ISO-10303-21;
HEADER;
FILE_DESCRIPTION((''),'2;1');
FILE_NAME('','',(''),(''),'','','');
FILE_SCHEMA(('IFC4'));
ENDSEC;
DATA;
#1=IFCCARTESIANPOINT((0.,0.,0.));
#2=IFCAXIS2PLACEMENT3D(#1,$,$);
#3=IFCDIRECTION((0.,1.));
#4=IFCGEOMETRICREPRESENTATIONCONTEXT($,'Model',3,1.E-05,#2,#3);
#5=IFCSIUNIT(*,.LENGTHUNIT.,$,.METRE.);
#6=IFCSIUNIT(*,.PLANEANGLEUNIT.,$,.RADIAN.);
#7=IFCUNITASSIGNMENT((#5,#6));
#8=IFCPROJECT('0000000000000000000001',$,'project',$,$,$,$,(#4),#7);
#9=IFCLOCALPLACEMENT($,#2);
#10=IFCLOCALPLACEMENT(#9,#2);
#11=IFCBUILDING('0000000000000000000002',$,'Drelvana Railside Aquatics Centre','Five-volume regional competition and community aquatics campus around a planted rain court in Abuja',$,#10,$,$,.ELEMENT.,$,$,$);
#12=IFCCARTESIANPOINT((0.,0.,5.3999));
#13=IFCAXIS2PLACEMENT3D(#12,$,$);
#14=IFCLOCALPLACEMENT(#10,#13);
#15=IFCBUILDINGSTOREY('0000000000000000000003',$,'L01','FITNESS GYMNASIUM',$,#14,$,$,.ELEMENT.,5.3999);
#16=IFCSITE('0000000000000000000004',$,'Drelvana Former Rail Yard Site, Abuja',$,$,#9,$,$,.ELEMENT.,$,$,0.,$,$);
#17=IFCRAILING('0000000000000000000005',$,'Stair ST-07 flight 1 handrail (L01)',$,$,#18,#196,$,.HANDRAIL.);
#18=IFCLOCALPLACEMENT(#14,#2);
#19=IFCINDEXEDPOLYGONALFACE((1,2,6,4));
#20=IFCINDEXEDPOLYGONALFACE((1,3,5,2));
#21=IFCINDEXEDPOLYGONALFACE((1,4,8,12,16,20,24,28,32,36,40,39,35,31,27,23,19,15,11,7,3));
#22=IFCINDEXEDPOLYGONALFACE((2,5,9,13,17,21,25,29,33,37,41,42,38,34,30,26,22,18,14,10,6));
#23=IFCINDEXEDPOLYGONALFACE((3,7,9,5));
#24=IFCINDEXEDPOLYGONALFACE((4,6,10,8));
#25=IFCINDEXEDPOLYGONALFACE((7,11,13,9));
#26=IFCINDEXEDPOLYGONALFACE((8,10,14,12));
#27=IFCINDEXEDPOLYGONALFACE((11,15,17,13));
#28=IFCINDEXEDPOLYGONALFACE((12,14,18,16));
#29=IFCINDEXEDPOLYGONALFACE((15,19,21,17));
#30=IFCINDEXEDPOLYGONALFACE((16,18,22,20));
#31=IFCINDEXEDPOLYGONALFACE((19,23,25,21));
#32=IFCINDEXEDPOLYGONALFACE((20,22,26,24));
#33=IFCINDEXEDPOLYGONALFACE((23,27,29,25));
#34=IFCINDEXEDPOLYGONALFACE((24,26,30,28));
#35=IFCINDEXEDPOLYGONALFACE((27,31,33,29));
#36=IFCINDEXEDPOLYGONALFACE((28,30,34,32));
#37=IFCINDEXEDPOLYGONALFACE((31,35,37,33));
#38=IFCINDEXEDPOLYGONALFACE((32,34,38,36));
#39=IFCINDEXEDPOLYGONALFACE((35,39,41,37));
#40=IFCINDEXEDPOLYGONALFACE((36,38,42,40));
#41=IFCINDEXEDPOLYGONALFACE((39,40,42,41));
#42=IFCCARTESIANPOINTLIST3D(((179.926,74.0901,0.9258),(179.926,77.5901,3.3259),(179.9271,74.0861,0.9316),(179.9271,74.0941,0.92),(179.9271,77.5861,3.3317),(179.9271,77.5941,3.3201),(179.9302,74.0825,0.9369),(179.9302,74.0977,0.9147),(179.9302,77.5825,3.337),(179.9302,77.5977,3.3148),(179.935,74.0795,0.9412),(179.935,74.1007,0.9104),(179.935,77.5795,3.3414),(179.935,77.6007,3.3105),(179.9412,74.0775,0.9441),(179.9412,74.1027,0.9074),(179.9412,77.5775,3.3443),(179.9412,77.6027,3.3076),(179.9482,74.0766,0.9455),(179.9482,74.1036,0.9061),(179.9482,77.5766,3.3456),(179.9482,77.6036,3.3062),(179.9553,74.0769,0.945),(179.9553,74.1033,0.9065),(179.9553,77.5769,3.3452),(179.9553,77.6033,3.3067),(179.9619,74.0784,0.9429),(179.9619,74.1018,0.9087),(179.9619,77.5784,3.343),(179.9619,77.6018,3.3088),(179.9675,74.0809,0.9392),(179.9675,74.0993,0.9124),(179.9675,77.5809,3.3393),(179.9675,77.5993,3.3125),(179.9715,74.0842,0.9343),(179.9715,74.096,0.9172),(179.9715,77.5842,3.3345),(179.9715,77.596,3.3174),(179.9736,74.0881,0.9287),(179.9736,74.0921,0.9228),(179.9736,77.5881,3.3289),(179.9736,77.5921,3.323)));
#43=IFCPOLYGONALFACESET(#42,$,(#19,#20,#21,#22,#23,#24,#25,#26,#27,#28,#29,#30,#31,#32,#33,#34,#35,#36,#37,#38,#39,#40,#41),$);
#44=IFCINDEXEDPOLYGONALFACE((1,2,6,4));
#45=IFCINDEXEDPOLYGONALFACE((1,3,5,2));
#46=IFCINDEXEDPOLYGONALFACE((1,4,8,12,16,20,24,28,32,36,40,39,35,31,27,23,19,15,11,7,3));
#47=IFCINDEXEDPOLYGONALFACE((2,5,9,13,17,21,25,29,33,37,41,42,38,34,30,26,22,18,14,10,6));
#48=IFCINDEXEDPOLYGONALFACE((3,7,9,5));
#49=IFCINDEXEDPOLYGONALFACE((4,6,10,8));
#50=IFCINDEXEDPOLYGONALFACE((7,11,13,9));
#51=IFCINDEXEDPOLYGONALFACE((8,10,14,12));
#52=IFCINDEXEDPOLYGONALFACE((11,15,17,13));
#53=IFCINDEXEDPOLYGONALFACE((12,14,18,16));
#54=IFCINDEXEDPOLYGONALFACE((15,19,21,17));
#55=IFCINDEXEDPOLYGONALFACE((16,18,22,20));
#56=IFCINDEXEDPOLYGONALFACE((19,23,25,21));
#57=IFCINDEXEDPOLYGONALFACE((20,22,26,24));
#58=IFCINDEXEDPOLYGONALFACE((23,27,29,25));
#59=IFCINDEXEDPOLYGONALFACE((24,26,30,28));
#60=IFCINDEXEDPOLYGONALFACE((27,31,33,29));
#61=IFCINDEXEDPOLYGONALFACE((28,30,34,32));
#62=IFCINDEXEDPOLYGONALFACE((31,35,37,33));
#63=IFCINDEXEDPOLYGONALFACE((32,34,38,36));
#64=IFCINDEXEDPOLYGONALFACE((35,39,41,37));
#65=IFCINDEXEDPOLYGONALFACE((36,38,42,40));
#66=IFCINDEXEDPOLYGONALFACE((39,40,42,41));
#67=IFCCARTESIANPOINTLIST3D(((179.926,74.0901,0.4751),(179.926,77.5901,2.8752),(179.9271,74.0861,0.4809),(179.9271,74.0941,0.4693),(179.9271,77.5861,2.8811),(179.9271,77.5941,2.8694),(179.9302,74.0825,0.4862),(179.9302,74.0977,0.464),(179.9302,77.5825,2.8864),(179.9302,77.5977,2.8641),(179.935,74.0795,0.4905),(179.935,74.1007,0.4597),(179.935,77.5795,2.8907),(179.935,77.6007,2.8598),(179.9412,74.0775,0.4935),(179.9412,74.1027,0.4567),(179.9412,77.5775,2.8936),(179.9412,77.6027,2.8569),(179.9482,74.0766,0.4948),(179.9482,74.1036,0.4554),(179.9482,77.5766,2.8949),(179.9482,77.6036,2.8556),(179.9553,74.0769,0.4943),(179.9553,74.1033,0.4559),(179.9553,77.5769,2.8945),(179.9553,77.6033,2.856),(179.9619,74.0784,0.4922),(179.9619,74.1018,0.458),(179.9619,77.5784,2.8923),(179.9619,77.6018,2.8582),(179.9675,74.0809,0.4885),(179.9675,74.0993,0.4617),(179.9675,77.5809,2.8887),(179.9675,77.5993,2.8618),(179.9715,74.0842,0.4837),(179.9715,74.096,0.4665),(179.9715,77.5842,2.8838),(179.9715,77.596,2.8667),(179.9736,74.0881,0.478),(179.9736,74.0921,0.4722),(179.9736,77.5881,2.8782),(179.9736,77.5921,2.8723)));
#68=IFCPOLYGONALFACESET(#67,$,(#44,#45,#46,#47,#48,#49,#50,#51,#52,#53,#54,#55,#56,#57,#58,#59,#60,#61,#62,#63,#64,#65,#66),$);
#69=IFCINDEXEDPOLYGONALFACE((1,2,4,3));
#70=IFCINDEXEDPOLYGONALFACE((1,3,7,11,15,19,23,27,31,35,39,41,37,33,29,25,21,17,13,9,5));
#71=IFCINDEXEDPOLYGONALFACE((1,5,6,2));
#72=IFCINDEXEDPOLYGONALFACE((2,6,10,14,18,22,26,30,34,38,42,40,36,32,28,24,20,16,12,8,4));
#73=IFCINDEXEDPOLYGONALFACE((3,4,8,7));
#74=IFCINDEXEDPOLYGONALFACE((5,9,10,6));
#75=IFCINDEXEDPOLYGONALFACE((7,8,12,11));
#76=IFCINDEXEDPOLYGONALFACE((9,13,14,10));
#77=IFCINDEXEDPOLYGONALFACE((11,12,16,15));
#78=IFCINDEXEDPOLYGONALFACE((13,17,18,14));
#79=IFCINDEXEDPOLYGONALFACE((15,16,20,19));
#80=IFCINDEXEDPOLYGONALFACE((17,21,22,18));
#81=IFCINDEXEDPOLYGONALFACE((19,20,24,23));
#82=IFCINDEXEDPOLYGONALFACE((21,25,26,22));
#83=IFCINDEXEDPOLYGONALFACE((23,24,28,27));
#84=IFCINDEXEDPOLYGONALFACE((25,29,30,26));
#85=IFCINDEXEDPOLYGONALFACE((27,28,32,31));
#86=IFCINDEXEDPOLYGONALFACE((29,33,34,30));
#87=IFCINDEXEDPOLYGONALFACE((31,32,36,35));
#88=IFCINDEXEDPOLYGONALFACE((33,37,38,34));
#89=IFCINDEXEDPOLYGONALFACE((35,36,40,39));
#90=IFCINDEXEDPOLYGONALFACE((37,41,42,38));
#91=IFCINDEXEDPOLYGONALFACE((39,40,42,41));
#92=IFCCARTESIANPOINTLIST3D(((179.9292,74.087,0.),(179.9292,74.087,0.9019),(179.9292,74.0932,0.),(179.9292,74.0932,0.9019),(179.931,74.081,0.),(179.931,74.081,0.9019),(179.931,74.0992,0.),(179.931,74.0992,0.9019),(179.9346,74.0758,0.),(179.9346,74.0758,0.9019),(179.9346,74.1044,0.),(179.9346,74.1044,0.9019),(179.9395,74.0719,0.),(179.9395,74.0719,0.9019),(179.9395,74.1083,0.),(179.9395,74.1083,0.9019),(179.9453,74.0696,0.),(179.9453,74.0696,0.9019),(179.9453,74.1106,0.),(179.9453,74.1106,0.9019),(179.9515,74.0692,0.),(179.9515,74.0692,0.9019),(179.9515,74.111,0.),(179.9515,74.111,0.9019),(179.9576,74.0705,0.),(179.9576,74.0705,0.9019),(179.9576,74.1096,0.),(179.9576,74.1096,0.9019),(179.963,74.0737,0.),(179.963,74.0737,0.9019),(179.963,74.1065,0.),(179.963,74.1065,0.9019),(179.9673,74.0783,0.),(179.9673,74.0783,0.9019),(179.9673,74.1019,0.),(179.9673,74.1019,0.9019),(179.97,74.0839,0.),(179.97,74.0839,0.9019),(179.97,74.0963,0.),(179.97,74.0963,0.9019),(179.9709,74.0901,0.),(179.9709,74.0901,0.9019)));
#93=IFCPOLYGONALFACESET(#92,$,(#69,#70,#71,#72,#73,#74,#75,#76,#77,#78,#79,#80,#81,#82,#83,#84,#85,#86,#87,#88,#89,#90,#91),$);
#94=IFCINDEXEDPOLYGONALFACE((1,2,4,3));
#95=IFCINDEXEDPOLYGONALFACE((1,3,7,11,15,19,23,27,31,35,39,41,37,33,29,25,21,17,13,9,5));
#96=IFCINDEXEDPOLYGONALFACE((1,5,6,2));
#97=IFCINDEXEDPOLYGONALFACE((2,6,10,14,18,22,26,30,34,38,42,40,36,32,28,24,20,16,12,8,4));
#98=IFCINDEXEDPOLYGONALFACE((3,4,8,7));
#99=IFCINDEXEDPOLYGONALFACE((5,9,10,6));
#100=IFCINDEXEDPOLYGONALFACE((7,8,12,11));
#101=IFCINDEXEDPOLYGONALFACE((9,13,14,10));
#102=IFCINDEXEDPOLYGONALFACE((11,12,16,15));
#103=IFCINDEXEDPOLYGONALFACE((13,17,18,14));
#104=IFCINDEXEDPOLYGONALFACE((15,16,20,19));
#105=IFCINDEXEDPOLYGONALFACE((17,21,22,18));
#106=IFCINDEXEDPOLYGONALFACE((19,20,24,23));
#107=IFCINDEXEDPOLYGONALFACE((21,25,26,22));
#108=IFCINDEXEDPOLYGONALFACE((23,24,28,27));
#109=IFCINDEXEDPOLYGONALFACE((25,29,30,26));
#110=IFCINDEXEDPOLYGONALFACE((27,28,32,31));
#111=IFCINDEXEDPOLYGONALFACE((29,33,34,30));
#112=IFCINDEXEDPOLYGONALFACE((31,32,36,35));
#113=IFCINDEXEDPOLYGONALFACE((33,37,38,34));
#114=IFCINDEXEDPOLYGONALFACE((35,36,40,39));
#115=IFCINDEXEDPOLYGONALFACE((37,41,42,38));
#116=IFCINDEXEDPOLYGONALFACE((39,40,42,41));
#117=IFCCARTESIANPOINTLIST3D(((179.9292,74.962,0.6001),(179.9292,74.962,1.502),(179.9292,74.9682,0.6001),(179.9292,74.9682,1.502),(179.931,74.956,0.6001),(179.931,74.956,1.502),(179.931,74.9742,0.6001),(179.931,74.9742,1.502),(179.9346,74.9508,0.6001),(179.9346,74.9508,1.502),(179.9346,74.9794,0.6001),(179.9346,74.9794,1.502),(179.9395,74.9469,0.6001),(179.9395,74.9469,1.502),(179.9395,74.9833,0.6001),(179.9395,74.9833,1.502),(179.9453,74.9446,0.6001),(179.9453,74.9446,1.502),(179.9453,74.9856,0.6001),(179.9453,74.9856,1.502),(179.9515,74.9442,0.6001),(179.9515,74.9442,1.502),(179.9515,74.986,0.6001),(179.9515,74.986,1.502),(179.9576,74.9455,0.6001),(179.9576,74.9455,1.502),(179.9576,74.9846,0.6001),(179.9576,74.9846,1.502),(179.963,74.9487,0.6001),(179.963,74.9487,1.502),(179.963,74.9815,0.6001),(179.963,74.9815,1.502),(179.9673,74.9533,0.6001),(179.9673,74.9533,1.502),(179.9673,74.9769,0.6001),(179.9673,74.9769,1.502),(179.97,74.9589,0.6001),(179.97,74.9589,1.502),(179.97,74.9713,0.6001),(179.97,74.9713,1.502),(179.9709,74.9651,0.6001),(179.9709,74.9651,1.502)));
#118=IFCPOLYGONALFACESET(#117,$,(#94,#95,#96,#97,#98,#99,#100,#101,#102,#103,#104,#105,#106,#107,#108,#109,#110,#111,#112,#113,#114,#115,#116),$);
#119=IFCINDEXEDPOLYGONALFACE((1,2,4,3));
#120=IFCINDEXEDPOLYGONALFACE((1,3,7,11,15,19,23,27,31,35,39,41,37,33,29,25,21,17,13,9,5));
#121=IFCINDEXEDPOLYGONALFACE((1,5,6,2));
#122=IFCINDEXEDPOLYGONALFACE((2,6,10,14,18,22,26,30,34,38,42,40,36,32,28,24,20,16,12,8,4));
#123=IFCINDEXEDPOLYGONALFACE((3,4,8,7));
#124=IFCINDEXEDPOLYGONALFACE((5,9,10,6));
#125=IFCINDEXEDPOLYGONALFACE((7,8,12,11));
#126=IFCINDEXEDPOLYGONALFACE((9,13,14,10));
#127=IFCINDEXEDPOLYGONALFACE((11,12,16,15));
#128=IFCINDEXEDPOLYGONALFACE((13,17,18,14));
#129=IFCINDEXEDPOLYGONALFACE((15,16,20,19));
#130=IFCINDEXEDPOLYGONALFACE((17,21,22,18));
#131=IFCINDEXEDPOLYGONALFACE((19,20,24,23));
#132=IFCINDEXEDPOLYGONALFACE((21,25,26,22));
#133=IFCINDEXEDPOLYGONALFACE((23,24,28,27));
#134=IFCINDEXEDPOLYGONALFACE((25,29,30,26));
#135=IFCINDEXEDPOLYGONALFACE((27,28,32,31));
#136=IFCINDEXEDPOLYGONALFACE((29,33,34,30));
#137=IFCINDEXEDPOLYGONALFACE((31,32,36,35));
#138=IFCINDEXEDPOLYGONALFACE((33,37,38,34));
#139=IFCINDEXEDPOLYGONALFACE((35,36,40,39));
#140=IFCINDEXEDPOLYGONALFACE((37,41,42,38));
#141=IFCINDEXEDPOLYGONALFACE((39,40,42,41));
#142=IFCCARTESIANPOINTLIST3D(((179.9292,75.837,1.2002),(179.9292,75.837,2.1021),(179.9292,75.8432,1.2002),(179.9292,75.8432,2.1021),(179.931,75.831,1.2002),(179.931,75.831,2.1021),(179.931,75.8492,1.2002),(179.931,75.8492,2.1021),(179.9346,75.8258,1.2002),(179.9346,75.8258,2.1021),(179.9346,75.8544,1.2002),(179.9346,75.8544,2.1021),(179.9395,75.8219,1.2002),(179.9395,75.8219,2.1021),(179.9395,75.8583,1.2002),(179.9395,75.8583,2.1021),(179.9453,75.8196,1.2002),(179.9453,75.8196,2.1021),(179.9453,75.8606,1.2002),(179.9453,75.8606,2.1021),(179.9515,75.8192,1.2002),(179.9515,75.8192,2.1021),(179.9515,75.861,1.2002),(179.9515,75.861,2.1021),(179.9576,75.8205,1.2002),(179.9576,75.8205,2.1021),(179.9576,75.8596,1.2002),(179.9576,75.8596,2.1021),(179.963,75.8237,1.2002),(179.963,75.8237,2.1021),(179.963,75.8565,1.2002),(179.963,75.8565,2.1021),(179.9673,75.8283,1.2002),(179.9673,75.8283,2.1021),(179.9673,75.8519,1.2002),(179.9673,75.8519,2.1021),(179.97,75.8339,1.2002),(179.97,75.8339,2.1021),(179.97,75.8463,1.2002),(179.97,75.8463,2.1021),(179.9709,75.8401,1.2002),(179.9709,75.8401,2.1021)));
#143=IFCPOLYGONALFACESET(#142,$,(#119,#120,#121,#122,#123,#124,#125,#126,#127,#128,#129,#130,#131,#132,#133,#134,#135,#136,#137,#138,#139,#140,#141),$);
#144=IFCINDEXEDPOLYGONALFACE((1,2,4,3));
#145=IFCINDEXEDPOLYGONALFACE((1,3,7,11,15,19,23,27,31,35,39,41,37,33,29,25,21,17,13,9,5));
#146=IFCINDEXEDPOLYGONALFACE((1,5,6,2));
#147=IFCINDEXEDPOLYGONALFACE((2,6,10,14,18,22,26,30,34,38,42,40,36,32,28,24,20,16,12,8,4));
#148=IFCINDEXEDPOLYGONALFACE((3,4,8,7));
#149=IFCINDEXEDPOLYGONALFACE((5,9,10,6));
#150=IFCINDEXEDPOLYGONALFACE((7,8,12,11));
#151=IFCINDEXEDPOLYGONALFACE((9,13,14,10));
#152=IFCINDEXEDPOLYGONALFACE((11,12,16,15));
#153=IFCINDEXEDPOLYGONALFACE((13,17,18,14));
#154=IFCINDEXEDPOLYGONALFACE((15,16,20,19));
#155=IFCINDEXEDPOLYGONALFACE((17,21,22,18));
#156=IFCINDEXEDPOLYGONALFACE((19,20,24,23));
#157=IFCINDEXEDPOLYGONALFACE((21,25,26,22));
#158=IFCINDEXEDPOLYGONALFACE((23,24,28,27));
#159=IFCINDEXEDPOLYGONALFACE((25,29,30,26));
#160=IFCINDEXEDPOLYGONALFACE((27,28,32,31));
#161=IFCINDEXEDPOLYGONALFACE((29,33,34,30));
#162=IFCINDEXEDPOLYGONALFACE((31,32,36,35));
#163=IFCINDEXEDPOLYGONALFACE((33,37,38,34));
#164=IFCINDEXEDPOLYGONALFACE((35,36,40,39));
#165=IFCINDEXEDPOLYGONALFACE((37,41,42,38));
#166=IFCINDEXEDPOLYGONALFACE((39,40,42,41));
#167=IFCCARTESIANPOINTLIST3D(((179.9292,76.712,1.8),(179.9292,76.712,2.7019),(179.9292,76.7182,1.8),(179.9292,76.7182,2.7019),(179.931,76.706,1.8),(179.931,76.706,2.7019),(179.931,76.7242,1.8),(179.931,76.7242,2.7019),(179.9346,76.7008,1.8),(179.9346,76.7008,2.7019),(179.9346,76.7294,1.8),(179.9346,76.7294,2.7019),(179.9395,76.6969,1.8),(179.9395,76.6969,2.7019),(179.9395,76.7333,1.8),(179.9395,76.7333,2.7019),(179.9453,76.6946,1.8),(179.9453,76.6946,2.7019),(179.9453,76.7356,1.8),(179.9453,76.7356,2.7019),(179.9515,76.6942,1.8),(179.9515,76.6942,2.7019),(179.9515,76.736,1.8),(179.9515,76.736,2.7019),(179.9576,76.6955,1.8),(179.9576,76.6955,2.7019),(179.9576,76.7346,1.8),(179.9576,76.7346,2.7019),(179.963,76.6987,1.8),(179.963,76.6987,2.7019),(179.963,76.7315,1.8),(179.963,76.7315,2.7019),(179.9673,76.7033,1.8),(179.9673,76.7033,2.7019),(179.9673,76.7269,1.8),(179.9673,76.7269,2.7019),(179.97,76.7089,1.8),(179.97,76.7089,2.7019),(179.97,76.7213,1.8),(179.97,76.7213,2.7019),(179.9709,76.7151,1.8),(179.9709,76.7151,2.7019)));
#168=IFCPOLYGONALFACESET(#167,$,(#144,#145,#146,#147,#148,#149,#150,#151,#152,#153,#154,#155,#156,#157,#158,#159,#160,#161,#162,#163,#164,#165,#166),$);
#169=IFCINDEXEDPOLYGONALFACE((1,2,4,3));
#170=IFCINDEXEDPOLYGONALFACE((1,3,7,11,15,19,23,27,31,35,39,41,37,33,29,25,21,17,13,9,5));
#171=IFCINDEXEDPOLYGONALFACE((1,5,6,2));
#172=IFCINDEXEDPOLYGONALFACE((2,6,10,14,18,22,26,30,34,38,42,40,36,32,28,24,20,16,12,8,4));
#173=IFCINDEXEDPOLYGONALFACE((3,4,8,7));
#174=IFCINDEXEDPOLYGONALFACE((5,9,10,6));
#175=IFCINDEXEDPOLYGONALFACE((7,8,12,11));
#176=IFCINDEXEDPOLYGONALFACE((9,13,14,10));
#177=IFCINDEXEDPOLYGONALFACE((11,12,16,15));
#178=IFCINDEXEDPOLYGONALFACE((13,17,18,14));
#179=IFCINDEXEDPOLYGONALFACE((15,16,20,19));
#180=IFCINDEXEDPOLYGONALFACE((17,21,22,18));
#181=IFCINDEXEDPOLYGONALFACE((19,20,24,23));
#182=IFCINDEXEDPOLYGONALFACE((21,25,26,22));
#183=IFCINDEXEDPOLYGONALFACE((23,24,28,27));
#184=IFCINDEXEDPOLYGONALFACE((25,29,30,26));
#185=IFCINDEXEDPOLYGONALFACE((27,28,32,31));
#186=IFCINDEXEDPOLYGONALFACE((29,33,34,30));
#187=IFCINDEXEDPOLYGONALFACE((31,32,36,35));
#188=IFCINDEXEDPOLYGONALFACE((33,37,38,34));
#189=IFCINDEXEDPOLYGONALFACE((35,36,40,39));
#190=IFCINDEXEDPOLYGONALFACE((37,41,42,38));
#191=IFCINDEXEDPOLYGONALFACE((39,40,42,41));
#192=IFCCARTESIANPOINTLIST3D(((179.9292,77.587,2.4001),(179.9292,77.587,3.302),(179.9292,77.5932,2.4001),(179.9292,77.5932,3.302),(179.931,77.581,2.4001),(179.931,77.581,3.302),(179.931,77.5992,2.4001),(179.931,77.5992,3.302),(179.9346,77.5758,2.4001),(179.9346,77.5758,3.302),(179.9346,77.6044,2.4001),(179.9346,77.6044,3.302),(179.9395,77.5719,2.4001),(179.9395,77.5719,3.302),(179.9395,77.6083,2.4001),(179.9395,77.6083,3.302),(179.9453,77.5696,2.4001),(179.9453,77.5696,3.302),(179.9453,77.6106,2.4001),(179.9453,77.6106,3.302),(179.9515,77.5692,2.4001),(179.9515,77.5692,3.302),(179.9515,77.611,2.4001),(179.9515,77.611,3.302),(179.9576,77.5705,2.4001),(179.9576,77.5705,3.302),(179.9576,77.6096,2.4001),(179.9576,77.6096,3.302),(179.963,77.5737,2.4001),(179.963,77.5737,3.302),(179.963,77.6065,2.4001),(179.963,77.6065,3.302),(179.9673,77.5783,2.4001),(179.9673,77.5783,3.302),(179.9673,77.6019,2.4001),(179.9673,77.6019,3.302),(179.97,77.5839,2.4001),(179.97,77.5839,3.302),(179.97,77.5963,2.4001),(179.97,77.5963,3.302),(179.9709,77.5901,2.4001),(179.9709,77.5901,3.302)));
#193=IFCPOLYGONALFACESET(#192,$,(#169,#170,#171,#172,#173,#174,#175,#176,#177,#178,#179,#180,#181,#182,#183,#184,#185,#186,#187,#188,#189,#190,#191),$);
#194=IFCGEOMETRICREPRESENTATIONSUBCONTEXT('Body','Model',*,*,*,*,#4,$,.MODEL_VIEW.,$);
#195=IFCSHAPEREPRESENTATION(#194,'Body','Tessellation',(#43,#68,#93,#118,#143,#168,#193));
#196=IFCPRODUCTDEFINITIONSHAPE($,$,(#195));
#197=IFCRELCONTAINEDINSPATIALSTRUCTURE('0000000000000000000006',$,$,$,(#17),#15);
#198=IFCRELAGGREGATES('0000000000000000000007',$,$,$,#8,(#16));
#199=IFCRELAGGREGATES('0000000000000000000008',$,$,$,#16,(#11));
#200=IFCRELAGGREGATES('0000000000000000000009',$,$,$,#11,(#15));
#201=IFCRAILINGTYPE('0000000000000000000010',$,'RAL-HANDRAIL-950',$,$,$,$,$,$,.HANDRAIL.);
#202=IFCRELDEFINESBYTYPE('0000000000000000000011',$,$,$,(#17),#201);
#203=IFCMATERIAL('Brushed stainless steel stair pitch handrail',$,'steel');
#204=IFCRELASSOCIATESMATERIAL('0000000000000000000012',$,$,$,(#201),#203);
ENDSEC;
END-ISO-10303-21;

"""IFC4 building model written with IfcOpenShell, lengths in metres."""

from ifc_helpers import new_model, si_unit, direction, frame, origin, origin_2d, place, context, subcontext, project, spatial, circle, extrude, material, type_object, element, save


model = new_model("IFC4")

# Units and contexts
model_context = context("Model", 3, precision=1e-05, world=origin(), true_north=direction((0.0, 1.0)))
body_context = subcontext(model_context, "Body", "Model", "MODEL_VIEW")
ifc_project = project(units=[si_unit("LENGTHUNIT", "METRE"), si_unit("PLANEANGLEUNIT", "RADIAN")], contexts=[model_context])

# Site, building, storey
site_placement = place(None, origin())
site = spatial("IfcSite", under=ifc_project, at=site_placement, Name="Drelvana Former Rail Yard Site, Abuja", CompositionType="ELEMENT", RefElevation=0.0)
building_placement = place(site_placement, origin())
building = spatial("IfcBuilding", under=site, at=building_placement, Name="Drelvana Railside Aquatics Centre", Description="Five-volume regional competition and community aquatics campus around a planted rain court in Abuja", CompositionType="ELEMENT")
storey_placement = place(building_placement, frame((0.0, 0.0, 5.3999)))
storey = spatial("IfcBuildingStorey", under=building, at=storey_placement, Name="L01", Description="FITNESS GYMNASIUM", CompositionType="ELEMENT", Elevation=5.3999)

# Railing
ifc_material_1 = material(Name="Brushed stainless steel stair pitch handrail", Category="steel")
railing_type = type_object("IfcRailingType", Name="RAL-HANDRAIL-950", PredefinedType="HANDRAIL", material=ifc_material_1)
railing_1_placement = place(storey_placement, frame((179.95, 74.0901, 0.0)))
element("IfcRailing", 1, at=railing_1_placement, inside=storey, type_object=railing_type, Name="Stair ST-07 flight 1 handrail (L01)", PredefinedType="HANDRAIL", context=body_context, shape_type="SweptSolid", body=[
    extrude(circle(Radius=0.0239, at=origin_2d()), frame((0.0, 0.0, 0.9258), z_axis=(0.0, 0.824713, 0.565552), x_axis=(-1.0, 0.0, 0.0)), (0.0, 0.0, 1.0), 4.2439),
    extrude(circle(Radius=0.0239, at=origin_2d()), frame((0.0, 0.0, 0.4751), z_axis=(0.0, 0.824713, 0.565552), x_axis=(-1.0, 0.0, 0.0)), (0.0, 0.0, 1.0), 4.2439),
    extrude(circle(Radius=0.021, at=origin_2d()), origin(), (0.0, 0.0, 1.0), 0.9019),
    extrude(circle(Radius=0.021, at=origin_2d()), frame((0.0, 0.875, 0.6001)), (0.0, 0.0, 1.0), 0.9019),
    extrude(circle(Radius=0.021, at=origin_2d()), frame((0.0, 1.75, 1.2002)), (0.0, 0.0, 1.0), 0.9019),
    extrude(circle(Radius=0.021, at=origin_2d()), frame((0.0, 2.625, 1.8)), (0.0, 0.0, 1.0), 0.9019),
    extrude(circle(Radius=0.021, at=origin_2d()), frame((0.0, 3.5, 2.4001)), (0.0, 0.0, 1.0), 0.9019),
])

save(model, "model.ifc")
